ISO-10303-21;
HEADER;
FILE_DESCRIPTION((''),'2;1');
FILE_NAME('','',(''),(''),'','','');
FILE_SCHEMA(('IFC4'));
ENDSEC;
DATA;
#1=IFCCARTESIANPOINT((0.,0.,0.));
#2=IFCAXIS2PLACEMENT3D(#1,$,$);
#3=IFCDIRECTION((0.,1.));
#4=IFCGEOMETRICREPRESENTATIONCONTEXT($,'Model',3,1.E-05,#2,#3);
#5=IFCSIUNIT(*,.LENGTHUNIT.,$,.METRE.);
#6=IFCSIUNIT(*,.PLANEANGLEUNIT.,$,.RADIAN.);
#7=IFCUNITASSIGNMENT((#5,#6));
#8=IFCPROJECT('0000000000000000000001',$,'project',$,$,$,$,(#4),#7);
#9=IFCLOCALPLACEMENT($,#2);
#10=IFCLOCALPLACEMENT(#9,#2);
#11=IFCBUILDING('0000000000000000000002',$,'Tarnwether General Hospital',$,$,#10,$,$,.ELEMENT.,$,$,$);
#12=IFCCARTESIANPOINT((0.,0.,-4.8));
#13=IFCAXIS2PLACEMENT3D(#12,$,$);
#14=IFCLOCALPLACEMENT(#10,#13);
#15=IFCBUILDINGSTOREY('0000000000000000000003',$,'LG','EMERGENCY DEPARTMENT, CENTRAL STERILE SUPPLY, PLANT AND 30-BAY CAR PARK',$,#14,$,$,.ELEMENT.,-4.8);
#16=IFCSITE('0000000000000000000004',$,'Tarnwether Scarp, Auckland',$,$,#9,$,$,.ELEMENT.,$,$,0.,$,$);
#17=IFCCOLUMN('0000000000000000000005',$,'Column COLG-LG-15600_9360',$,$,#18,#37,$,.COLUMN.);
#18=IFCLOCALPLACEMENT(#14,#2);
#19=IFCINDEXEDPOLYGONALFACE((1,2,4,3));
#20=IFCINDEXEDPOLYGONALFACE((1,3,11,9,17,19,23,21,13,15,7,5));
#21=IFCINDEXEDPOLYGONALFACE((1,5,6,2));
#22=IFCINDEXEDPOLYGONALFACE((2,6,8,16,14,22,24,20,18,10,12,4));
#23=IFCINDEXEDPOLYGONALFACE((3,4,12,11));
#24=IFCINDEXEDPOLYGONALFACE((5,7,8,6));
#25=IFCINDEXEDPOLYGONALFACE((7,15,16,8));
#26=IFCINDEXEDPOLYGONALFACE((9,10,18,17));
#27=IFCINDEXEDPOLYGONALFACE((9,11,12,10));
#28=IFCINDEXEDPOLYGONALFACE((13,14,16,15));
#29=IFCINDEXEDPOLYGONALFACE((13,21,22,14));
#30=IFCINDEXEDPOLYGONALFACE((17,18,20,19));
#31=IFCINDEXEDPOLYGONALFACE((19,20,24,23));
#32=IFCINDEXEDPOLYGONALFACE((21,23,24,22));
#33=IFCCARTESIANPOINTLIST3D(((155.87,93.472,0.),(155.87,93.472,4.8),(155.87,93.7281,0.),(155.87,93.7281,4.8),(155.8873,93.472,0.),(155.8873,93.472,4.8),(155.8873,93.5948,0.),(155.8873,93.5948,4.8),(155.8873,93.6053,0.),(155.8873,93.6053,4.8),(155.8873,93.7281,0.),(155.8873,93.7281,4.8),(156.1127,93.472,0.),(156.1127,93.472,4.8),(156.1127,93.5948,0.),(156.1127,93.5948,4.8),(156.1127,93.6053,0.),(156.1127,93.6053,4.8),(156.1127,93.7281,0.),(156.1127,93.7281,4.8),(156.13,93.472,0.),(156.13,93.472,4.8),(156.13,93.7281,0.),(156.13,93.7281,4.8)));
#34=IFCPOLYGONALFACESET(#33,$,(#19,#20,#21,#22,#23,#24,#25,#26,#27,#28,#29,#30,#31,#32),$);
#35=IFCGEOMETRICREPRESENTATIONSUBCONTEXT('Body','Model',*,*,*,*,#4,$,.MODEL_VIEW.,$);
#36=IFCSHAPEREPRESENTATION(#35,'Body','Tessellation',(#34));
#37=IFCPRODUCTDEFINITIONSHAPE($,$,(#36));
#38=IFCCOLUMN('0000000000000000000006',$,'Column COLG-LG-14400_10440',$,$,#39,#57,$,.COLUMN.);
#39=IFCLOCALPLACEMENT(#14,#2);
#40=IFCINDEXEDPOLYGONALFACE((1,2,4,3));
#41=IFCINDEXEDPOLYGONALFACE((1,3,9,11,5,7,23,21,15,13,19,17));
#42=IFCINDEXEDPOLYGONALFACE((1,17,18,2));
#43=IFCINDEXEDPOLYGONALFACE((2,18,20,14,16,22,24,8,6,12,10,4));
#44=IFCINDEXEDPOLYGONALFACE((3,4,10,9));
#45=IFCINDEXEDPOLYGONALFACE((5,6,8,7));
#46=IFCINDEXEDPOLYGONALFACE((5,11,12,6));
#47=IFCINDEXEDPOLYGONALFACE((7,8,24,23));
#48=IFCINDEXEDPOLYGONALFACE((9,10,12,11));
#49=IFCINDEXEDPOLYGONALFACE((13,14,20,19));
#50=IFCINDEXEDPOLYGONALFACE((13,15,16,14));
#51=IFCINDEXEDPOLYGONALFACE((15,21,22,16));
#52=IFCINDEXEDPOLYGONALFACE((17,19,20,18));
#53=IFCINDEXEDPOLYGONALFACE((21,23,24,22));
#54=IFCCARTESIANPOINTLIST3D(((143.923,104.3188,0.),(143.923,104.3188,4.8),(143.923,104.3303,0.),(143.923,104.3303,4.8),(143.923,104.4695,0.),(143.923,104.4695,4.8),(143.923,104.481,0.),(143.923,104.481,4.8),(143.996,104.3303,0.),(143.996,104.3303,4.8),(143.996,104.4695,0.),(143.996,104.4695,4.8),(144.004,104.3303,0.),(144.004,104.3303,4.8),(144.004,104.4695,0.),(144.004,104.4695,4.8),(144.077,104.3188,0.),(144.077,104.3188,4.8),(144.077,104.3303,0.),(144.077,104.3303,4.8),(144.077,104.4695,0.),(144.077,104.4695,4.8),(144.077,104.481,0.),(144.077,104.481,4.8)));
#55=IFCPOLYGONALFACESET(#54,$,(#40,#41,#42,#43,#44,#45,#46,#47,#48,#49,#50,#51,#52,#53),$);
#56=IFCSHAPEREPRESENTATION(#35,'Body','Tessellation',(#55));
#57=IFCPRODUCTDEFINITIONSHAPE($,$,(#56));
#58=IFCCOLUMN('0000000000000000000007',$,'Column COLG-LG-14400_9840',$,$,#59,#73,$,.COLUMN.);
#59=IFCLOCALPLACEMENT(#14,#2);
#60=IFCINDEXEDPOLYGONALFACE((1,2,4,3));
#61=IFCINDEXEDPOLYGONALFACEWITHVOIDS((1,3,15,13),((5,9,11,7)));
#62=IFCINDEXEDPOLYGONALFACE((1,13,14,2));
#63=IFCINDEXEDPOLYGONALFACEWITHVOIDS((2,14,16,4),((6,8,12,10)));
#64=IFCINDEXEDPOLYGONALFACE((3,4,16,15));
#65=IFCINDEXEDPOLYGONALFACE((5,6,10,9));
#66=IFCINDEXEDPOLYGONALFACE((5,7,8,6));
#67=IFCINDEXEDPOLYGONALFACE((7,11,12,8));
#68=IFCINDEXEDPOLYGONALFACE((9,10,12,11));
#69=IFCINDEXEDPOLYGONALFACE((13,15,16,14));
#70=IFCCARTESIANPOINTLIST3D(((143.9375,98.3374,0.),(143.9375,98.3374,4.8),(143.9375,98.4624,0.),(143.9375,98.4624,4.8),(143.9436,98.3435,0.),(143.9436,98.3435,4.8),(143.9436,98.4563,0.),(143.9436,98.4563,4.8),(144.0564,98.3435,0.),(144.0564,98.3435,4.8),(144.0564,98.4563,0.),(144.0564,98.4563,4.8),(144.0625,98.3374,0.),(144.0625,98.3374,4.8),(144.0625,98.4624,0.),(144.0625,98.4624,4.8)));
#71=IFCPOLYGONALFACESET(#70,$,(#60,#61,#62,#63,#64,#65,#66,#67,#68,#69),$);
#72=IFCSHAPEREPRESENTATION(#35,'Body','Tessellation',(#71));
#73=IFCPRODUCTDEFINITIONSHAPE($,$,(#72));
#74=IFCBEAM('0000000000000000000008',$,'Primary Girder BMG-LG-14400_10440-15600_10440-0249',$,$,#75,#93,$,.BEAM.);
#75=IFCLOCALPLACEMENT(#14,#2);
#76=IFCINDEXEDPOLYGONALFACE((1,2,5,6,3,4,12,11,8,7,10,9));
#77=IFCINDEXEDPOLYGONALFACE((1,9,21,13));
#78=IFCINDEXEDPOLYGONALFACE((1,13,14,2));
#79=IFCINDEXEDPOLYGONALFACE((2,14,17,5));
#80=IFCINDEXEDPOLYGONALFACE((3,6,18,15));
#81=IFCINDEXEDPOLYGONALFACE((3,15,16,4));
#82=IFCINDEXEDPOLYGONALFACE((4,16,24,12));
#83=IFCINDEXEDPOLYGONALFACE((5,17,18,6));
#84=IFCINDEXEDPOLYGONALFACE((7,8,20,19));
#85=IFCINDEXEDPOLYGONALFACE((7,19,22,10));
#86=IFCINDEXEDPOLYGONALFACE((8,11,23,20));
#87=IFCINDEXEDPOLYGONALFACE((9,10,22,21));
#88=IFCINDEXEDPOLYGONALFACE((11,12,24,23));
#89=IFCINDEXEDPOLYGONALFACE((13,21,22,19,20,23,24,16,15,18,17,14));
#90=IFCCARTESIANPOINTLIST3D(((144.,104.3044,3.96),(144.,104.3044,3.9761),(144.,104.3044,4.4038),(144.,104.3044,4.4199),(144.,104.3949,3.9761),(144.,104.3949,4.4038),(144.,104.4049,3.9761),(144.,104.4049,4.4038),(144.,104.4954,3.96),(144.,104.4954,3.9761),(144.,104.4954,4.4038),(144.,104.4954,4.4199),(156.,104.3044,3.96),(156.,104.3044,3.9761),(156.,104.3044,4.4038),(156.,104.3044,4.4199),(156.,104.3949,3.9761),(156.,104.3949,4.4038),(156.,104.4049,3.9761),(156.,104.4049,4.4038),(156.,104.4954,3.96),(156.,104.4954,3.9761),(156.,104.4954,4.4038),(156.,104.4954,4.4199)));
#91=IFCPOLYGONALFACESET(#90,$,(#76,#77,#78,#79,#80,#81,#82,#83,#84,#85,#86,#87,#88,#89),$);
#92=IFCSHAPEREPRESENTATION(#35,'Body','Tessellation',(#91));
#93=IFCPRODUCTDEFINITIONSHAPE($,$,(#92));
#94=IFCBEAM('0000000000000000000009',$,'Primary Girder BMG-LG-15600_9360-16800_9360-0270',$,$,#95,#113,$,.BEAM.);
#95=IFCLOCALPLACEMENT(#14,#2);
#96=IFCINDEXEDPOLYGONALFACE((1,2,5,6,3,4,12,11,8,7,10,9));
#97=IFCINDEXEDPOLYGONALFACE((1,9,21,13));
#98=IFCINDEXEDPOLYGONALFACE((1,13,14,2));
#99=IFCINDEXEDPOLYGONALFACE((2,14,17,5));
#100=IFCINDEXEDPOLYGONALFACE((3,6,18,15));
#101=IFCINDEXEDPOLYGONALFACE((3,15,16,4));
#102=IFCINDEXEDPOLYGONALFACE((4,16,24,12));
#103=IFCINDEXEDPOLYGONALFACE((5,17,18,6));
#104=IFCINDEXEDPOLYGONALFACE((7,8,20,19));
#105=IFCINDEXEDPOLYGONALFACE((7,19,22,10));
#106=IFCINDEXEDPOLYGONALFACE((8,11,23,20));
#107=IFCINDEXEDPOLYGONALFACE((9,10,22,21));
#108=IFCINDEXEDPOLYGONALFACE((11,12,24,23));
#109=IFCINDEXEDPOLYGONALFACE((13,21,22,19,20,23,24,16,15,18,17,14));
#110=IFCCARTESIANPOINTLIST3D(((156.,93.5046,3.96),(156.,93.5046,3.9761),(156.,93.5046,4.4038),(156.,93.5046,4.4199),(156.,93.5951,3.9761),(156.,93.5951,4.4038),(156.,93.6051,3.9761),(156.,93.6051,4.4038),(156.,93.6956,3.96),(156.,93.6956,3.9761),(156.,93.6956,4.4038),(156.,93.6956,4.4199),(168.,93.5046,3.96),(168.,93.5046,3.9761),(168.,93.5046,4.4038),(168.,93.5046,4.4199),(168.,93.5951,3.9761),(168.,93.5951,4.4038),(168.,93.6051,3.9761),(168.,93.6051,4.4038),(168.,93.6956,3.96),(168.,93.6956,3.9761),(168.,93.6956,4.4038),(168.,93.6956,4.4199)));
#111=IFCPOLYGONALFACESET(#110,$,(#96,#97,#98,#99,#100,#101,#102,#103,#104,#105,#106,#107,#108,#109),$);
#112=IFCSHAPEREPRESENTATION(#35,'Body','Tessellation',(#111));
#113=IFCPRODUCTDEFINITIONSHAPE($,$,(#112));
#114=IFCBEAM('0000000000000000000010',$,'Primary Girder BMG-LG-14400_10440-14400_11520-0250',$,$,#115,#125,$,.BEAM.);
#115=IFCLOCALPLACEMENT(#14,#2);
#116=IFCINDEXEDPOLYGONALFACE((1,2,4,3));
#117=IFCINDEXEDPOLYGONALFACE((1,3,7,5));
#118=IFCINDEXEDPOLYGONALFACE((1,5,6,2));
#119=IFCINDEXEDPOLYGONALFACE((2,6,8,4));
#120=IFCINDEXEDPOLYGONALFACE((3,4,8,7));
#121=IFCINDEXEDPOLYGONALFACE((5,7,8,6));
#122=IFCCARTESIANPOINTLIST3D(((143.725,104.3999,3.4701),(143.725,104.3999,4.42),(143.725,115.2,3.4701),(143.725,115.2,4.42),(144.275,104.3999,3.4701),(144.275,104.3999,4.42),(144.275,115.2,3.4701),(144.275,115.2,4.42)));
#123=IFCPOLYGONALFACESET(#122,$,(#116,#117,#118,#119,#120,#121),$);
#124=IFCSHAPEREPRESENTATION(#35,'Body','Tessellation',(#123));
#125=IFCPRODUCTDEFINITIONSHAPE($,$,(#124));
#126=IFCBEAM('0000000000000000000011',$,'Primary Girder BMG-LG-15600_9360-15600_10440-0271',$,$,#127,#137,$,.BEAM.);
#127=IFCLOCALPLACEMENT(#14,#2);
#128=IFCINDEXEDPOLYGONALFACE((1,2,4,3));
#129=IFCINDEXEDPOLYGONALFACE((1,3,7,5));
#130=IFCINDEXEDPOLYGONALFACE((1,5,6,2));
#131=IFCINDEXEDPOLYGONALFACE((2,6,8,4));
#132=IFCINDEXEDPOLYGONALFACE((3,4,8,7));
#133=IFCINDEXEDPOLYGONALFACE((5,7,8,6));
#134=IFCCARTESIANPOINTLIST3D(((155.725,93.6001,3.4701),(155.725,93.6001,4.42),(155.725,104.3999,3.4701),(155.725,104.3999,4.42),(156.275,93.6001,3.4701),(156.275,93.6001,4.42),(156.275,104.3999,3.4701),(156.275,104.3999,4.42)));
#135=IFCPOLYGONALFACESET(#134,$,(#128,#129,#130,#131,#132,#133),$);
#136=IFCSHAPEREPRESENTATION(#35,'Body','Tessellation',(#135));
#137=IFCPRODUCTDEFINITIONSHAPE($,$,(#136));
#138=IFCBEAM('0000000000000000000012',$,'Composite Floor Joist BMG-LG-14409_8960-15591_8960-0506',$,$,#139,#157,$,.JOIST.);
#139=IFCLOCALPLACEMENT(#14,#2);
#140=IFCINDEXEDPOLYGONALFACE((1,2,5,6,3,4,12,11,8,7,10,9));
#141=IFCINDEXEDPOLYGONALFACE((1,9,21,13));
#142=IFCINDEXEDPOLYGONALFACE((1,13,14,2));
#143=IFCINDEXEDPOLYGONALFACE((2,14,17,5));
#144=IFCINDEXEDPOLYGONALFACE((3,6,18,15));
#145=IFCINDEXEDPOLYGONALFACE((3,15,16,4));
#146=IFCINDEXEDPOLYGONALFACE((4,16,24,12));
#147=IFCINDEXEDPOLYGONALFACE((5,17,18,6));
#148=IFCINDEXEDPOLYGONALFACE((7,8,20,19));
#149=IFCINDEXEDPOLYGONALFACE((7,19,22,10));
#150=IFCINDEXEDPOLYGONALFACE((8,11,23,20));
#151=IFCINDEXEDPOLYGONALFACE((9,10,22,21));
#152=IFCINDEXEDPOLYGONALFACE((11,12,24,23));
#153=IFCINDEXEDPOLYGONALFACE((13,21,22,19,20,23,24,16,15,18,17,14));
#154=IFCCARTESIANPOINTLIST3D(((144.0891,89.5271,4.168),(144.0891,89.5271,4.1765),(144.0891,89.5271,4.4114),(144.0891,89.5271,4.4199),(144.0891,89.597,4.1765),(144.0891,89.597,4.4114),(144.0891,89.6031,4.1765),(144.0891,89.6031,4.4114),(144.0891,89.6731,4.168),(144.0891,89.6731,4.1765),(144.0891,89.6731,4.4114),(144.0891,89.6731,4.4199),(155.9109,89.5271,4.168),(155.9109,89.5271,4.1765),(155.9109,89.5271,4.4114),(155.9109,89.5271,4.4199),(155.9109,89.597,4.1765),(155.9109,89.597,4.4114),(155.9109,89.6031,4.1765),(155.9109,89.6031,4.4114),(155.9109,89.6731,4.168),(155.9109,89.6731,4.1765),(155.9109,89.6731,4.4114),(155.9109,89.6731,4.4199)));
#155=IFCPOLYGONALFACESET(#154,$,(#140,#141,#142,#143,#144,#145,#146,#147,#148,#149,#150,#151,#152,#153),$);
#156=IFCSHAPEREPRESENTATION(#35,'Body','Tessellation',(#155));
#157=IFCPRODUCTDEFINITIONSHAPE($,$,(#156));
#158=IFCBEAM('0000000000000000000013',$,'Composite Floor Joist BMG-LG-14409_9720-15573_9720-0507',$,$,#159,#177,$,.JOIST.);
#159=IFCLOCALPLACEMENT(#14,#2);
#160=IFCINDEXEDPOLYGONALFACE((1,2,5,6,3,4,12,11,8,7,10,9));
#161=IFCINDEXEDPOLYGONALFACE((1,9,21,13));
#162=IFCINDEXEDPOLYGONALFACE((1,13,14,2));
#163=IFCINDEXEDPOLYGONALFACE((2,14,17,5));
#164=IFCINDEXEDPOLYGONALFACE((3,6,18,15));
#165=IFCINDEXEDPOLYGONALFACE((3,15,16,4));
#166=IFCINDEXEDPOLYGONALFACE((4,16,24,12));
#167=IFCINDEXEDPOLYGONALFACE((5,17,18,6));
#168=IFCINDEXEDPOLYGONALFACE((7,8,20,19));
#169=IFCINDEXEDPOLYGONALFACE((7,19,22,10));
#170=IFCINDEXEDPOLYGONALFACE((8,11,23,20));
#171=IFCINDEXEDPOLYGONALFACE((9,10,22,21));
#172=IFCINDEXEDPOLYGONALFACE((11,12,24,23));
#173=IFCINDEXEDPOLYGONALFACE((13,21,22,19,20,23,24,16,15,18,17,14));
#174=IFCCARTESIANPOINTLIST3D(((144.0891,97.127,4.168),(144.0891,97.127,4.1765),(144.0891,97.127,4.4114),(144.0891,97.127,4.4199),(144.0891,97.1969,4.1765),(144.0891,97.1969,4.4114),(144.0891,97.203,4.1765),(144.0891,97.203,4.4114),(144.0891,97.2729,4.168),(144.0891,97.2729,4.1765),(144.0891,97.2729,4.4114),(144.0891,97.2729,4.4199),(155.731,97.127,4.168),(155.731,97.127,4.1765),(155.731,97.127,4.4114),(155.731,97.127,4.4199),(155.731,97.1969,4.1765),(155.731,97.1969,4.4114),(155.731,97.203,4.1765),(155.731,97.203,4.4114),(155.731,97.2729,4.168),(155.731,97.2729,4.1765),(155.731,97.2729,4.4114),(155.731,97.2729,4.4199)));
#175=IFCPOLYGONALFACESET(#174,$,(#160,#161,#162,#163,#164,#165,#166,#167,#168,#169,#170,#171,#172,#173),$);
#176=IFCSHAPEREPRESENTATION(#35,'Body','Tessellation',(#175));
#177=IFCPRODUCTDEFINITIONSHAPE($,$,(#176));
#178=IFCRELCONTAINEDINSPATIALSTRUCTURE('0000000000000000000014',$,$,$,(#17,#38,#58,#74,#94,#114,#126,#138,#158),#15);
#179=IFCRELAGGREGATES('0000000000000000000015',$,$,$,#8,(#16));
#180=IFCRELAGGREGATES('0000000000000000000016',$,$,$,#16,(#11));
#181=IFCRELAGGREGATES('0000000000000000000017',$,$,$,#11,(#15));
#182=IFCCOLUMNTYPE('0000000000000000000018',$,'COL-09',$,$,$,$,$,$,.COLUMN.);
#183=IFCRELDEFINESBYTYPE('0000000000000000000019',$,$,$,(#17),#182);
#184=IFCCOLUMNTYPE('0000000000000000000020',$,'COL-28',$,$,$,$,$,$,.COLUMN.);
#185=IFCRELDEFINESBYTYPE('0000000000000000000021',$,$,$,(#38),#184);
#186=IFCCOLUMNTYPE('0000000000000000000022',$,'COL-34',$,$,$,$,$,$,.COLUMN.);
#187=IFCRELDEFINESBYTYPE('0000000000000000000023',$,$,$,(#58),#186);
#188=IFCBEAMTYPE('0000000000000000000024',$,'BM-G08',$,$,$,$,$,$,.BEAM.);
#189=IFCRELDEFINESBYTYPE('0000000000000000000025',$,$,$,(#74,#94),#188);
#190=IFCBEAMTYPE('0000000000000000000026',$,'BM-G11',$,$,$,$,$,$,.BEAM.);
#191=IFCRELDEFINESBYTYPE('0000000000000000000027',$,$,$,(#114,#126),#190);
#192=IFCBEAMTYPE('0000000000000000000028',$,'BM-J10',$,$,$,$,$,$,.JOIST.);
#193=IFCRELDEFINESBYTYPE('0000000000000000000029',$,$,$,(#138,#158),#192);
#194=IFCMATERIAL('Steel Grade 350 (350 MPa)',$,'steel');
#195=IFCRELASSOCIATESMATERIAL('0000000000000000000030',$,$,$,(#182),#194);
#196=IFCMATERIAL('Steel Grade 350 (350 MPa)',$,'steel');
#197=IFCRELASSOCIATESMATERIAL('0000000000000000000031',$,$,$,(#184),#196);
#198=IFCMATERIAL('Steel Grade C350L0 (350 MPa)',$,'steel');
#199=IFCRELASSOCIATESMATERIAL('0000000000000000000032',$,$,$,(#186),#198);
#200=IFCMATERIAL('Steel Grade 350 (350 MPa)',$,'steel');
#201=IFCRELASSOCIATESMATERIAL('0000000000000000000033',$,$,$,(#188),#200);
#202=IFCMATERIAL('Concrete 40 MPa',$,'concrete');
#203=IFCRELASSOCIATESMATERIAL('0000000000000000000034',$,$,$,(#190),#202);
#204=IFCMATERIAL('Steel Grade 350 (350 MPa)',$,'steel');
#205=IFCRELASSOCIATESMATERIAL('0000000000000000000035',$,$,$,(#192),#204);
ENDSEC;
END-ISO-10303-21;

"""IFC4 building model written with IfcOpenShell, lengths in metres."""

from ifc_helpers import new_model, si_unit, direction, frame, origin, origin_2d, place, context, subcontext, project, spatial, rectangle, hollow_rectangle, i_section, extrude, material, material_profile, profile_set, type_object, element, save


model = new_model("IFC4")

# Units and contexts
model_context = context("Model", 3, precision=1e-05, world=origin(), true_north=direction((0.0, 1.0)))
body_context = subcontext(model_context, "Body", "Model", "MODEL_VIEW")
ifc_project = project(units=[si_unit("LENGTHUNIT", "METRE"), si_unit("PLANEANGLEUNIT", "RADIAN")], contexts=[model_context])

# Site, building, storey
site_placement = place(None, origin())
site = spatial("IfcSite", under=ifc_project, at=site_placement, Name="Tarnwether Scarp, Auckland", CompositionType="ELEMENT", RefElevation=0.0)
building_placement = place(site_placement, origin())
building = spatial("IfcBuilding", under=site, at=building_placement, Name="Tarnwether General Hospital", CompositionType="ELEMENT")
storey_placement = place(building_placement, frame((0.0, 0.0, -4.8)))
storey = spatial("IfcBuildingStorey", under=building, at=storey_placement, Name="LG", Description="EMERGENCY DEPARTMENT, CENTRAL STERILE SUPPLY, PLANT AND 30-BAY CAR PARK", CompositionType="ELEMENT", Elevation=-4.8)

# Columns
ifc_material_1 = material(Name="Steel Grade 350 (350 MPa)", Category="steel")
ifc_material_profile_1 = material_profile(ifc_material_1, i_section(OverallWidth=0.2561, OverallDepth=0.26, WebThickness=0.0105, FlangeThickness=0.0173, at=origin_2d()), Name="250UC89.5")
ifc_profile_set_1 = profile_set([ifc_material_profile_1], Name="Steel Grade 350 (350 MPa)")
column_type_1 = type_object("IfcColumnType", Name="COL-09", PredefinedType="COLUMN", material=ifc_profile_set_1)
column_1_placement = place(storey_placement, frame((156.0, 93.6001, 0.0), z_axis=(0.0, 0.0, 1.0), x_axis=(0.0, 1.0, 0.0)))
element("IfcColumn", 1, at=column_1_placement, inside=storey, type_object=column_type_1, Name="Column COLG-LG-15600_9360", PredefinedType="COLUMN", context=body_context, shape_type="SweptSolid", body=[
    extrude(i_section(OverallWidth=0.2561, OverallDepth=0.26, WebThickness=0.0105, FlangeThickness=0.0173, at=origin_2d()), origin(), (0.0, 0.0, 1.0), 4.8),
])
ifc_material_2 = material(Name="Steel Grade 350 (350 MPa)", Category="steel")
ifc_material_profile_2 = material_profile(ifc_material_2, i_section(OverallWidth=0.1541, OverallDepth=0.1621, WebThickness=0.0081, FlangeThickness=0.0115, at=origin_2d()), Name="150UC37.2")
ifc_profile_set_2 = profile_set([ifc_material_profile_2], Name="Steel Grade 350 (350 MPa)")
column_type_2 = type_object("IfcColumnType", Name="COL-28", PredefinedType="COLUMN", material=ifc_profile_set_2)
column_2_placement = place(storey_placement, frame((144.0, 104.3999, 0.0), z_axis=(0.0, 0.0, 1.0), x_axis=(1.0, 0.0, 0.0)))
element("IfcColumn", 2, at=column_2_placement, inside=storey, type_object=column_type_2, Name="Column COLG-LG-14400_10440", PredefinedType="COLUMN", context=body_context, shape_type="SweptSolid", body=[
    extrude(i_section(OverallWidth=0.1541, OverallDepth=0.1621, WebThickness=0.0081, FlangeThickness=0.0115, at=origin_2d()), origin(), (0.0, 0.0, 1.0), 4.8),
])
ifc_material_3 = material(Name="Steel Grade C350L0 (350 MPa)", Category="steel")
ifc_material_profile_3 = material_profile(ifc_material_3, hollow_rectangle(XDim=0.125, YDim=0.125, WallThickness=0.0061, at=origin_2d()), Name="SHS125x125x6")
ifc_profile_set_3 = profile_set([ifc_material_profile_3], Name="Steel Grade C350L0 (350 MPa)")
column_type_3 = type_object("IfcColumnType", Name="COL-34", PredefinedType="COLUMN", material=ifc_profile_set_3)
column_3_placement = place(storey_placement, frame((144.0, 98.3999, 0.0), z_axis=(0.0, 0.0, 1.0), x_axis=(1.0, 0.0, 0.0)))
element("IfcColumn", 3, at=column_3_placement, inside=storey, type_object=column_type_3, Name="Column COLG-LG-14400_9840", PredefinedType="COLUMN", context=body_context, shape_type="SweptSolid", body=[
    extrude(hollow_rectangle(XDim=0.125, YDim=0.125, WallThickness=0.0061, at=origin_2d()), origin(), (0.0, 0.0, 1.0), 4.8),
])

# Beams
ifc_material_4 = material(Name="Steel Grade 350 (350 MPa)", Category="steel")
ifc_material_profile_4 = material_profile(ifc_material_4, i_section(OverallWidth=0.1909, OverallDepth=0.46, WebThickness=0.01, FlangeThickness=0.0161, at=origin_2d()), Name="460UB82.1")
ifc_profile_set_4 = profile_set([ifc_material_profile_4], Name="Steel Grade 350 (350 MPa)")
beam_type_1 = type_object("IfcBeamType", Name="BM-G08", PredefinedType="BEAM", material=ifc_profile_set_4)
for number, where, z_axis, x_axis, name in (
    (4, (144.0, 104.3999, 4.1899), (1.0, 0.0, 0.0), (0.0, 1.0, 0.0), "Primary Girder BMG-LG-14400_10440-15600_10440-0249"),
    (5, (156.0, 93.6001, 4.1899), (1.0, 0.0, 0.0), (0.0, 1.0, 0.0), "Primary Girder BMG-LG-15600_9360-16800_9360-0270"),
):
    element("IfcBeam", number, at=place(storey_placement, frame(where, z_axis=z_axis, x_axis=x_axis)), inside=storey, type_object=beam_type_1, Name=name, PredefinedType="BEAM", context=body_context, shape_type="SweptSolid", body=[
        extrude(i_section(OverallWidth=0.1909, OverallDepth=0.46, WebThickness=0.01, FlangeThickness=0.0161, at=origin_2d()), origin(), (0.0, 0.0, 1.0), 12.0),
    ])
ifc_material_5 = material(Name="Concrete 40 MPa", Category="concrete")
ifc_material_profile_5 = material_profile(ifc_material_5, rectangle(XDim=0.55, YDim=0.95, at=origin_2d()), Name="RC-BM-550x950")
ifc_profile_set_5 = profile_set([ifc_material_profile_5], Name="Concrete 40 MPa")
beam_type_2 = type_object("IfcBeamType", Name="BM-G11", PredefinedType="BEAM", material=ifc_profile_set_5)
beam_1_placement = place(storey_placement, frame((144.0, 104.3999, 3.9451), z_axis=(0.0, 1.0, 0.0), x_axis=(-1.0, 0.0, 0.0)))
element("IfcBeam", 6, at=beam_1_placement, inside=storey, type_object=beam_type_2, Name="Primary Girder BMG-LG-14400_10440-14400_11520-0250", PredefinedType="BEAM", context=body_context, shape_type="SweptSolid", body=[
    extrude(rectangle(XDim=0.55, YDim=0.95, at=origin_2d()), origin(), (0.0, 0.0, 1.0), 10.8),
])
beam_2_placement = place(storey_placement, frame((156.0, 93.6001, 3.9451), z_axis=(0.0, 1.0, 0.0), x_axis=(-1.0, 0.0, 0.0)))
element("IfcBeam", 7, at=beam_2_placement, inside=storey, type_object=beam_type_2, Name="Primary Girder BMG-LG-15600_9360-15600_10440-0271", PredefinedType="BEAM", context=body_context, shape_type="SweptSolid", body=[
    extrude(rectangle(XDim=0.55, YDim=0.95, at=origin_2d()), origin(), (0.0, 0.0, 1.0), 10.7998),
])
ifc_material_6 = material(Name="Steel Grade 350 (350 MPa)", Category="steel")
ifc_material_profile_6 = material_profile(ifc_material_6, i_section(OverallWidth=0.146, OverallDepth=0.252, WebThickness=0.0061, FlangeThickness=0.0085, at=origin_2d()), Name="250UB31.4")
ifc_profile_set_6 = profile_set([ifc_material_profile_6], Name="Steel Grade 350 (350 MPa)")
beam_type_3 = type_object("IfcBeamType", Name="BM-J10", PredefinedType="JOIST", material=ifc_profile_set_6)
beam_3_placement = place(storey_placement, frame((144.0891, 89.6001, 4.2939), z_axis=(1.0, 0.0, 0.0), x_axis=(0.0, 1.0, 0.0)))
element("IfcBeam", 8, at=beam_3_placement, inside=storey, type_object=beam_type_3, Name="Composite Floor Joist BMG-LG-14409_8960-15591_8960-0506", PredefinedType="JOIST", context=body_context, shape_type="SweptSolid", body=[
    extrude(i_section(OverallWidth=0.146, OverallDepth=0.252, WebThickness=0.0061, FlangeThickness=0.0085, at=origin_2d()), origin(), (0.0, 0.0, 1.0), 11.8218),
])
beam_4_placement = place(storey_placement, frame((144.0891, 97.2, 4.2939), z_axis=(1.0, 0.0, 0.0), x_axis=(0.0, 1.0, 0.0)))
element("IfcBeam", 9, at=beam_4_placement, inside=storey, type_object=beam_type_3, Name="Composite Floor Joist BMG-LG-14409_9720-15573_9720-0507", PredefinedType="JOIST", context=body_context, shape_type="SweptSolid", body=[
    extrude(i_section(OverallWidth=0.146, OverallDepth=0.252, WebThickness=0.0061, FlangeThickness=0.0085, at=origin_2d()), origin(), (0.0, 0.0, 1.0), 11.6418),
])

save(model, "model.ifc")
